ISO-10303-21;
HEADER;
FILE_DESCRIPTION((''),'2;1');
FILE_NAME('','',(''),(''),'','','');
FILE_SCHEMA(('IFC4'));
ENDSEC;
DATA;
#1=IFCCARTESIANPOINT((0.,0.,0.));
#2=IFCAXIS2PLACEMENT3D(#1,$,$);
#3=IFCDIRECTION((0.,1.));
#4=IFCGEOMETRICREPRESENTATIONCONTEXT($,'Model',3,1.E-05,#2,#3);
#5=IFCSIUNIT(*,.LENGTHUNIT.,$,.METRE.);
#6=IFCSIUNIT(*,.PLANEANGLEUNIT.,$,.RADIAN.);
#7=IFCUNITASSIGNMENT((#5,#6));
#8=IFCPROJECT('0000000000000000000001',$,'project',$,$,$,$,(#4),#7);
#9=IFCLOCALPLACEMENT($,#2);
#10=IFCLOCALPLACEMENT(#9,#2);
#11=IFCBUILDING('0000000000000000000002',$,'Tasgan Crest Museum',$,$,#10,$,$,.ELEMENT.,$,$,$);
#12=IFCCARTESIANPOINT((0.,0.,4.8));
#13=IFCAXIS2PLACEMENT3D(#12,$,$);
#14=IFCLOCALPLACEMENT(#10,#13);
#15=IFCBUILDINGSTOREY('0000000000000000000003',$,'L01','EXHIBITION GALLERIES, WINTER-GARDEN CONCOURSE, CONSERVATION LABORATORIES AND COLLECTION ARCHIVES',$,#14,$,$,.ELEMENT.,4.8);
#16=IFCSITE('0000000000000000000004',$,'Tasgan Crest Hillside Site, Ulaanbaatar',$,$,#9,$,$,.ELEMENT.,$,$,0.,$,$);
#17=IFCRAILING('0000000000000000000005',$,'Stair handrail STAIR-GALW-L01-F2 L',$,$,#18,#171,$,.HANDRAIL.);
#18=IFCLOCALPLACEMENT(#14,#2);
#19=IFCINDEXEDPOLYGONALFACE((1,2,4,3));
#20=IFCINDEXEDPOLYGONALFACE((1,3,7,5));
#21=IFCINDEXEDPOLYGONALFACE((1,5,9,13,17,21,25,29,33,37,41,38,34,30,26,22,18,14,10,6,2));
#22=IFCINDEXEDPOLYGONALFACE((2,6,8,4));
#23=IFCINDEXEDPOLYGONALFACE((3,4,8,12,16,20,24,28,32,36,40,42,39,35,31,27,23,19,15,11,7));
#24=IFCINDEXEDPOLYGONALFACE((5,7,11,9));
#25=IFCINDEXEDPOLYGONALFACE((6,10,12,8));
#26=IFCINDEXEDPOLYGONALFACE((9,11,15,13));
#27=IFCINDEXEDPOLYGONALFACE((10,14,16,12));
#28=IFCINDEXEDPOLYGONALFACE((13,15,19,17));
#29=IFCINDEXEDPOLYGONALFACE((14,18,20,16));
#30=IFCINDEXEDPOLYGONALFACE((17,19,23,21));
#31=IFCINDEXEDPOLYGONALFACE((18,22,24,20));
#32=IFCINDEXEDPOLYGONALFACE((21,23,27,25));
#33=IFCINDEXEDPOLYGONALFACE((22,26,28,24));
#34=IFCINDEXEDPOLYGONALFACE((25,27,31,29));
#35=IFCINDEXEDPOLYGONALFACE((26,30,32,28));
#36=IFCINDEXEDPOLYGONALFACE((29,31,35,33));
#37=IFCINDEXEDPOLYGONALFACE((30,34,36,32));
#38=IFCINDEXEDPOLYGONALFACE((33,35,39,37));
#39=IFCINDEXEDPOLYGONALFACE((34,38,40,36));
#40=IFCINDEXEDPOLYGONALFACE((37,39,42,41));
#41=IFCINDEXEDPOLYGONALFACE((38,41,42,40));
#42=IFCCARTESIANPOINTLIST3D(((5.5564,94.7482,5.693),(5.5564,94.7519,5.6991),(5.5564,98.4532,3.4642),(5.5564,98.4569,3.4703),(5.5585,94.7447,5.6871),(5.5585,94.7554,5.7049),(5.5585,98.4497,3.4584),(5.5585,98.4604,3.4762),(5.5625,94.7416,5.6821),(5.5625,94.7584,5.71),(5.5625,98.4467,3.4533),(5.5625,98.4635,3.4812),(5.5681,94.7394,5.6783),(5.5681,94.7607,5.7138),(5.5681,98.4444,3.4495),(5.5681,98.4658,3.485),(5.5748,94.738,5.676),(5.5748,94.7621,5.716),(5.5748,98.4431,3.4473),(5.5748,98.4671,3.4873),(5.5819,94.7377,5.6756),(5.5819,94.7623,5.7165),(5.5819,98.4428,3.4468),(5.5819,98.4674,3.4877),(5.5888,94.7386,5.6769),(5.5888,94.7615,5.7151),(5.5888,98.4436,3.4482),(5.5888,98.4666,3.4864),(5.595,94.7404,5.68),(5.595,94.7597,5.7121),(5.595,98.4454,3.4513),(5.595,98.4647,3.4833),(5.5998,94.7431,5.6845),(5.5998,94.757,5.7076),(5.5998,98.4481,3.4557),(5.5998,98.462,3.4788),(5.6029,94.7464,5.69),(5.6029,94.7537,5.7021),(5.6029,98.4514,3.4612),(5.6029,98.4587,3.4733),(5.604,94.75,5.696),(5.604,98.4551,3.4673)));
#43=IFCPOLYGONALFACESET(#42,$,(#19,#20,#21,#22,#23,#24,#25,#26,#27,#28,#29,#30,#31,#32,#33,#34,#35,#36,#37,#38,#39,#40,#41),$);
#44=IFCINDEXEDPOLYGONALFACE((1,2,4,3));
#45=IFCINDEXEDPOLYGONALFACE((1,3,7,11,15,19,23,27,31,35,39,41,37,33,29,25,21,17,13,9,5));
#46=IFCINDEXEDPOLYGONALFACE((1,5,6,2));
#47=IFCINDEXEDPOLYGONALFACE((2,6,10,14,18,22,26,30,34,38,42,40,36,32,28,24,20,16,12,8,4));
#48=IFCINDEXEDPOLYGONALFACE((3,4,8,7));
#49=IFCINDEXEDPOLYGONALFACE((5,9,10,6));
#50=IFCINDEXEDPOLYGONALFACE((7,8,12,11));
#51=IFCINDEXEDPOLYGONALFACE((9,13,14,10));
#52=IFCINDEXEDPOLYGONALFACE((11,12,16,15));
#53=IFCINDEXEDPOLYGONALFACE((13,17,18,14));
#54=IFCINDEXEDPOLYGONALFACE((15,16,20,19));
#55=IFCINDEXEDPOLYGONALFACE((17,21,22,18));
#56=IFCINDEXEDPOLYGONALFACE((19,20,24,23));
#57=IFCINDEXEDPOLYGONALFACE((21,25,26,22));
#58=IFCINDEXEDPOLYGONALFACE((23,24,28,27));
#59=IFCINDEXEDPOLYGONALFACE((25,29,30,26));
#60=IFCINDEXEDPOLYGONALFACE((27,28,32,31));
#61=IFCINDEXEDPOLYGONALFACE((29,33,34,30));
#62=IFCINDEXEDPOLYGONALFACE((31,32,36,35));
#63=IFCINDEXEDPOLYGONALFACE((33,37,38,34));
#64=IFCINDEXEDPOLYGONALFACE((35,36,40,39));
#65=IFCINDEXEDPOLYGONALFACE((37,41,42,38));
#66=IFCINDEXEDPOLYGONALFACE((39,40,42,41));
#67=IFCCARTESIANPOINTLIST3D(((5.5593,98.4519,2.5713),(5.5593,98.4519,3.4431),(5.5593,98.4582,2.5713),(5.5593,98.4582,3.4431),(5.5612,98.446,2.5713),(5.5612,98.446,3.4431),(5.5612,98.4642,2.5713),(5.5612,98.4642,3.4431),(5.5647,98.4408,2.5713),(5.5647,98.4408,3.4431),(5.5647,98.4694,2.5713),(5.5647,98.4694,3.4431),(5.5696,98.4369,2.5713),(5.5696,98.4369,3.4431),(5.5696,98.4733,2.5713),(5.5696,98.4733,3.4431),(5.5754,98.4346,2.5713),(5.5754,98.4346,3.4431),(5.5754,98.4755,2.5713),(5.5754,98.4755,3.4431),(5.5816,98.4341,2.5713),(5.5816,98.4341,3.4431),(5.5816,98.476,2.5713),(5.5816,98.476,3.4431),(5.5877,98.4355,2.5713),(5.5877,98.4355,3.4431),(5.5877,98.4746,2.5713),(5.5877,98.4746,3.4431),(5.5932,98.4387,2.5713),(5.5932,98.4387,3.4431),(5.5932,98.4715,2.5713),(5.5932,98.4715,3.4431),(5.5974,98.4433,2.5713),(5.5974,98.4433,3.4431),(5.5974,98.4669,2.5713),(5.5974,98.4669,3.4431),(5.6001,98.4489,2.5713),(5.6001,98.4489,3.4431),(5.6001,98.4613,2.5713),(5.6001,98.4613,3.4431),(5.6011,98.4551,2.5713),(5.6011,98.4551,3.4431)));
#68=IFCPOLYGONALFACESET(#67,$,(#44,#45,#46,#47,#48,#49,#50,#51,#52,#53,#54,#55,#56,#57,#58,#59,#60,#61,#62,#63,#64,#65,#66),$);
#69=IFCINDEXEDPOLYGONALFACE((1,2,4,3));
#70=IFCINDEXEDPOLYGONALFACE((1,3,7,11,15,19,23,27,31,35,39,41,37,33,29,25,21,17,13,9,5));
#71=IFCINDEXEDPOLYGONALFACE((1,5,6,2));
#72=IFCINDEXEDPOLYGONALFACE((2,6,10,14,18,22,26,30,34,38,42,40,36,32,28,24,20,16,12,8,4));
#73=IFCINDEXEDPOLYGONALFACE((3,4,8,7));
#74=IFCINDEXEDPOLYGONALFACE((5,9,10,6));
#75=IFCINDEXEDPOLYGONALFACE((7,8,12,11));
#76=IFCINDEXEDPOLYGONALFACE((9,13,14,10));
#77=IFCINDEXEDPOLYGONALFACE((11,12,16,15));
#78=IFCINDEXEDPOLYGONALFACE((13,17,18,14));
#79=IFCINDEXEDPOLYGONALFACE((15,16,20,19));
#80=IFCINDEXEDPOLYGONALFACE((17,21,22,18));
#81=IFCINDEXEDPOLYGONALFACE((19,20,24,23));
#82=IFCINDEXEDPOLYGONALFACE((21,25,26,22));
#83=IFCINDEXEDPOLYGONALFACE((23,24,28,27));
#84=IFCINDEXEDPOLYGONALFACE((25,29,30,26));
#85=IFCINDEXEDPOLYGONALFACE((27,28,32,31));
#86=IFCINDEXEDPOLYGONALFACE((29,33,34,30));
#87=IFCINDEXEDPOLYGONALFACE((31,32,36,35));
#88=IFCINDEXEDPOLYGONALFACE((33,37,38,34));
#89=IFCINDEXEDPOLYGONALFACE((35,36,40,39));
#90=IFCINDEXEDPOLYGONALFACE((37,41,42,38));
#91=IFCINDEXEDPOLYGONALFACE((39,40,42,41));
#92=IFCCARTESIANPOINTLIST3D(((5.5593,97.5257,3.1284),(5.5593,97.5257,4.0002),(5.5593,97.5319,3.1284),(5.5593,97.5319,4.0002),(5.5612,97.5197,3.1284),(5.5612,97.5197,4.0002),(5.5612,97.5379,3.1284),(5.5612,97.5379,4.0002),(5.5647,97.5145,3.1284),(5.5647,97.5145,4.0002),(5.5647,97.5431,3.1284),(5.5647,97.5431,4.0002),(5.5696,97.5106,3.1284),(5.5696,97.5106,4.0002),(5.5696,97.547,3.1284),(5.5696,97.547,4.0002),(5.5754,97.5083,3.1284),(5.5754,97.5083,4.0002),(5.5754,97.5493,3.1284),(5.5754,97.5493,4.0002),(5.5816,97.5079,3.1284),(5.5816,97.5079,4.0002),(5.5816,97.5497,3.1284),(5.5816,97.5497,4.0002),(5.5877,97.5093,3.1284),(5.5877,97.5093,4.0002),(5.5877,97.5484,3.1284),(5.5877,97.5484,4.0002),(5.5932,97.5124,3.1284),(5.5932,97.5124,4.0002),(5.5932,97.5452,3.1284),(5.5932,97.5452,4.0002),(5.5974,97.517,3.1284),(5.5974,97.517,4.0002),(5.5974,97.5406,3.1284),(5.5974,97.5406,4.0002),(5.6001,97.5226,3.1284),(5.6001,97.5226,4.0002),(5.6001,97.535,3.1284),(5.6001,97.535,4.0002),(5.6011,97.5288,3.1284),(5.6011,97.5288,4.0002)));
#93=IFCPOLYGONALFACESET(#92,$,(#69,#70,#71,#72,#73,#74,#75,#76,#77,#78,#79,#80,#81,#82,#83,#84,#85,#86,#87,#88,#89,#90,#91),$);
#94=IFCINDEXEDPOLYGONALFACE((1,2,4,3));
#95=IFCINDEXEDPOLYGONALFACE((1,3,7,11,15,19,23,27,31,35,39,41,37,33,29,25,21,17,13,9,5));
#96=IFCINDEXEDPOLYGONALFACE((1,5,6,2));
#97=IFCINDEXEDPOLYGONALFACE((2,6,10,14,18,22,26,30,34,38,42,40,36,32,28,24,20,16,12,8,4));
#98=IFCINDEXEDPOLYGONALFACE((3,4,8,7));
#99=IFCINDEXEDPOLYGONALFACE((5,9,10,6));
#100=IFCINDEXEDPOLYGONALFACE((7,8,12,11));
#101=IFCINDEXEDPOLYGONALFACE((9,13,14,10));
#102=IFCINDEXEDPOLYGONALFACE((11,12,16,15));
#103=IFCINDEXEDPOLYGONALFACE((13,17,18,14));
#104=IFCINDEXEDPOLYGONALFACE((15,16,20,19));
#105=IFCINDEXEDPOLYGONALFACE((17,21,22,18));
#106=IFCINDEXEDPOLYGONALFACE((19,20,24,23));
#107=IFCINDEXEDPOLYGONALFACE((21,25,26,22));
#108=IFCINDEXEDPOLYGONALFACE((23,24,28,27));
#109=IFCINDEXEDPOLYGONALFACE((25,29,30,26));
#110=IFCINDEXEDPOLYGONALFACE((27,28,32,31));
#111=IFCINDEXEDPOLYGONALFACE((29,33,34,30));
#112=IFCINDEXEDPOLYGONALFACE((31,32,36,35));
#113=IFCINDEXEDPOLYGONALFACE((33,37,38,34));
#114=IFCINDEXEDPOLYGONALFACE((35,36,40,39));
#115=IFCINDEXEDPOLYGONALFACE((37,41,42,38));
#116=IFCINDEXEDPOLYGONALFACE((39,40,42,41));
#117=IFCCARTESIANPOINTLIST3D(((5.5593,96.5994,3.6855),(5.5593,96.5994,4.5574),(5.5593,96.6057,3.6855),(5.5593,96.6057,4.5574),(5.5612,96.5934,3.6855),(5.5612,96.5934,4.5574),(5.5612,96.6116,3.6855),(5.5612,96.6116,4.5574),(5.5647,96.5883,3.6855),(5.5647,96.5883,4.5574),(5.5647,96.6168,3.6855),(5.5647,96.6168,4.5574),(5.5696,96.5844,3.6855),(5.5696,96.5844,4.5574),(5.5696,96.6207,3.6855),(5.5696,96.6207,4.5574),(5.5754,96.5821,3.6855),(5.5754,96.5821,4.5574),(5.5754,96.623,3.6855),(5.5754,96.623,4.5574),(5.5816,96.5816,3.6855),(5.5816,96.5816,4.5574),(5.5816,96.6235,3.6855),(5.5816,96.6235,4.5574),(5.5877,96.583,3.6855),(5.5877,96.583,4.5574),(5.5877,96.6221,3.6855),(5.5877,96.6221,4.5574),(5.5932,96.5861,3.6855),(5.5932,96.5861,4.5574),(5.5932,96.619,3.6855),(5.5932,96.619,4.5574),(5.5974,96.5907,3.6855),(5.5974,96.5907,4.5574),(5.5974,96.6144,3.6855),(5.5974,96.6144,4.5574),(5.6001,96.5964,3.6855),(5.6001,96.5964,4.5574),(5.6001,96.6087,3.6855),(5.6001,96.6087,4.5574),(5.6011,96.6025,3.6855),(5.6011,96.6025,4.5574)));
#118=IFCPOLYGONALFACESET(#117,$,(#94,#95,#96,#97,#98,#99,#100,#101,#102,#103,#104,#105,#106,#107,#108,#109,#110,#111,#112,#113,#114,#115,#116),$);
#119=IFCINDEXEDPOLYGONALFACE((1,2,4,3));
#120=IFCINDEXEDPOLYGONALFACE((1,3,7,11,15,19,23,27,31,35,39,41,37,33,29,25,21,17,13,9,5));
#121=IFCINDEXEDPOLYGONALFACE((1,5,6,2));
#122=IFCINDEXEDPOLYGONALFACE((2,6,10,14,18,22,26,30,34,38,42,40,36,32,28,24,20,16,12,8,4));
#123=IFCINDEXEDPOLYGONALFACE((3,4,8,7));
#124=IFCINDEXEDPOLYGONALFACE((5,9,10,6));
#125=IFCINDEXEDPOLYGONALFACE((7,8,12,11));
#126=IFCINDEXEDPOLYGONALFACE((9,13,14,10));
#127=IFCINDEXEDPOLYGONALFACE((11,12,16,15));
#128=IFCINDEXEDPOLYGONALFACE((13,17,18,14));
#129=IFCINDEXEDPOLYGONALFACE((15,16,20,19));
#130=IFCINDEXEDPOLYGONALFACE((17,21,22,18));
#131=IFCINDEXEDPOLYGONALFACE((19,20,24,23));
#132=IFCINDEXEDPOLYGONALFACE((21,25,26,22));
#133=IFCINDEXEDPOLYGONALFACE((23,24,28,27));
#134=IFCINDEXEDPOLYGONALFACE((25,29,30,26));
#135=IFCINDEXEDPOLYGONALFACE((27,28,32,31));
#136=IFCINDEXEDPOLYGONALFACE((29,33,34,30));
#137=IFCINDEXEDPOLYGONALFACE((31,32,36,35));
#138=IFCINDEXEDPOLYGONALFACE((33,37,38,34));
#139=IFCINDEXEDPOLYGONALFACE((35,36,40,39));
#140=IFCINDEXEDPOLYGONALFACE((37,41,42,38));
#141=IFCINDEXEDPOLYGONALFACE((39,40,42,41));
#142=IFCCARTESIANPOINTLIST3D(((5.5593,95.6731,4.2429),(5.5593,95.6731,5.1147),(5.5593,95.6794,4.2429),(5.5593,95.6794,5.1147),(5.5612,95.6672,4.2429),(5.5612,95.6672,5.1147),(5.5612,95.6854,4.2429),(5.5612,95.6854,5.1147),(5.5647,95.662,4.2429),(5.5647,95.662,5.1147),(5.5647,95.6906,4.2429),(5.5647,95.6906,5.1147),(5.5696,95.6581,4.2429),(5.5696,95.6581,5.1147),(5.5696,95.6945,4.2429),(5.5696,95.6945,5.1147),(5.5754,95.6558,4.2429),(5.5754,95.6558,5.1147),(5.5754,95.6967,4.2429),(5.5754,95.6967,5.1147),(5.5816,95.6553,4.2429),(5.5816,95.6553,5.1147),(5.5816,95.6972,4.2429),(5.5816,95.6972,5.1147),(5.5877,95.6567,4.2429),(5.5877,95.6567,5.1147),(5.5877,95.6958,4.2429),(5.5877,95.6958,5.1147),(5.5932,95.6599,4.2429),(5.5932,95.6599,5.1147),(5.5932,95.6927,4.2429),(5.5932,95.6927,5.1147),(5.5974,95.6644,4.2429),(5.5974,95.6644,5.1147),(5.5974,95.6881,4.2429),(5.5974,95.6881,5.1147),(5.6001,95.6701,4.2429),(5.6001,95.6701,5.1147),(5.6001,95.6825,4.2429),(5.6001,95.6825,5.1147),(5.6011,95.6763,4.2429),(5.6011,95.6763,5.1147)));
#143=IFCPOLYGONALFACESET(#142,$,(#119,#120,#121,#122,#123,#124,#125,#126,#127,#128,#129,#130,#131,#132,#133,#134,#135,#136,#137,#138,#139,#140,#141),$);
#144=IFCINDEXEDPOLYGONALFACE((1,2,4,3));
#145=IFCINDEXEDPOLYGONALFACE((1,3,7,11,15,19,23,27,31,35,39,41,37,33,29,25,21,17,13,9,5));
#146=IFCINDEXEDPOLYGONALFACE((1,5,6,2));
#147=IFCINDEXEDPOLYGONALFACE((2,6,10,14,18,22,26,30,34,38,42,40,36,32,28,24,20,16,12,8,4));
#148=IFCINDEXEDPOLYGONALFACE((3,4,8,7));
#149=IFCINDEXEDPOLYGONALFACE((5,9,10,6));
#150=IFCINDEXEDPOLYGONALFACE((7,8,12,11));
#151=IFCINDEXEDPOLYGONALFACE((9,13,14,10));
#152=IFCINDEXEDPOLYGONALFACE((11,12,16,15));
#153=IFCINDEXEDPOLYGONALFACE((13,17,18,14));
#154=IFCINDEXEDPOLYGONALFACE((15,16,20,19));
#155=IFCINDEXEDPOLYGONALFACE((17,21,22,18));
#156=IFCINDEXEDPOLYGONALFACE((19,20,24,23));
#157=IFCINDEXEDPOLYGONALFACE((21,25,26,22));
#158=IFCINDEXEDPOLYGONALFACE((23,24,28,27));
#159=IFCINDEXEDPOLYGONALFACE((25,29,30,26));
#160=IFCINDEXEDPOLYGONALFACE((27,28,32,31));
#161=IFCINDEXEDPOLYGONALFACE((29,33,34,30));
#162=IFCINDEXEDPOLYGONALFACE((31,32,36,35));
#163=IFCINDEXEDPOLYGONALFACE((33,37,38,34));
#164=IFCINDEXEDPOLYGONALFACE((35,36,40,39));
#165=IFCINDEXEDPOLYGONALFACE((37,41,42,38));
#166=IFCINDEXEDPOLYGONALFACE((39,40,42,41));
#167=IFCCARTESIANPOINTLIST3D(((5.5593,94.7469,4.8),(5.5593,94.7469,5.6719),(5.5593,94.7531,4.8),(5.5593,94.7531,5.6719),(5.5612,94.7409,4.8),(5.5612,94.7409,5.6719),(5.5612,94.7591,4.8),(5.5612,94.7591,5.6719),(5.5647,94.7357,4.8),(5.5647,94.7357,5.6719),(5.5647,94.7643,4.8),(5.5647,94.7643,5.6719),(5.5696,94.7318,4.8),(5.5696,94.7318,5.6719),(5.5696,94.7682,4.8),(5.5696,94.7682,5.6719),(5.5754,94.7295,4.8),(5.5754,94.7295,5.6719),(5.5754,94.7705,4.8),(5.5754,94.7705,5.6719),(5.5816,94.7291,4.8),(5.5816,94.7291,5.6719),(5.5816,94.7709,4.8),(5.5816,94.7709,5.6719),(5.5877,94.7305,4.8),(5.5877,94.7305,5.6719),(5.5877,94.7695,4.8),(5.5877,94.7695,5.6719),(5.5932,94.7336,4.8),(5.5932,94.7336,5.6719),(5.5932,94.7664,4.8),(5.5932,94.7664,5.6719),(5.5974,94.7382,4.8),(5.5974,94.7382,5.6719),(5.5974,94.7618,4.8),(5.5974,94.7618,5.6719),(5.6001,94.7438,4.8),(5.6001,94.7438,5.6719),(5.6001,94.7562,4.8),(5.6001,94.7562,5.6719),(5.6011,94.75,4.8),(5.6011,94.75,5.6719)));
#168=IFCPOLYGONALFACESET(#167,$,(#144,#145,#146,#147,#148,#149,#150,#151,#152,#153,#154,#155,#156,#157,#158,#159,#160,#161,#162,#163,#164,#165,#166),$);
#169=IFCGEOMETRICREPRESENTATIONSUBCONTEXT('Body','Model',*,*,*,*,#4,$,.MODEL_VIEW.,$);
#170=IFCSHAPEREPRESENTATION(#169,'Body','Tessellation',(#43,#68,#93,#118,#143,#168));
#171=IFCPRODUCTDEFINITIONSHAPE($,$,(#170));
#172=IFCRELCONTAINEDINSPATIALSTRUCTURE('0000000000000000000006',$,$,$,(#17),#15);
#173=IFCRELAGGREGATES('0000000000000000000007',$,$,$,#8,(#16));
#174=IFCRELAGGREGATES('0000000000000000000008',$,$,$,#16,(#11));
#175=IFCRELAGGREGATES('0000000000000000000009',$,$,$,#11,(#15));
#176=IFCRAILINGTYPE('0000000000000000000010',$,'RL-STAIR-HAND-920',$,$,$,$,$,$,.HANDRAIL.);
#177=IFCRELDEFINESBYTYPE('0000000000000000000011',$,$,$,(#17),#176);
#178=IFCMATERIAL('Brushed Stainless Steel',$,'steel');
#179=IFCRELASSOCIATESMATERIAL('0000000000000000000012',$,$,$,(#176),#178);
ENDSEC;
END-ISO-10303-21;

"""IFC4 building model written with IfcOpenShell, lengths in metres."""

from ifc_helpers import new_model, si_unit, direction, frame, origin, origin_2d, place, context, subcontext, project, spatial, circle, extrude, material, type_object, element, save


model = new_model("IFC4")

# Units and contexts
model_context = context("Model", 3, precision=1e-05, world=origin(), true_north=direction((0.0, 1.0)))
body_context = subcontext(model_context, "Body", "Model", "MODEL_VIEW")
ifc_project = project(units=[si_unit("LENGTHUNIT", "METRE"), si_unit("PLANEANGLEUNIT", "RADIAN")], contexts=[model_context])

# Site, building, storey
site_placement = place(None, origin())
site = spatial("IfcSite", under=ifc_project, at=site_placement, Name="Tasgan Crest Hillside Site, Ulaanbaatar", CompositionType="ELEMENT", RefElevation=0.0)
building_placement = place(site_placement, origin())
building = spatial("IfcBuilding", under=site, at=building_placement, Name="Tasgan Crest Museum", CompositionType="ELEMENT")
storey_placement = place(building_placement, frame((0.0, 0.0, 4.8)))
storey = spatial("IfcBuildingStorey", under=building, at=storey_placement, Name="L01", Description="EXHIBITION GALLERIES, WINTER-GARDEN CONCOURSE, CONSERVATION LABORATORIES AND COLLECTION ARCHIVES", CompositionType="ELEMENT", Elevation=4.8)

# Railing
ifc_material_1 = material(Name="Brushed Stainless Steel", Category="steel")
railing_type_1 = type_object("IfcRailingType", Name="RL-STAIR-HAND-920", PredefinedType="HANDRAIL", material=ifc_material_1)
for number, where, name in (
    (1, (5.5801, 98.4551, 2.5713), "Stair handrail STAIR-GALW-L01-F2 L"),
):
    element("IfcRailing", number, at=place(storey_placement, frame(where)), inside=storey, type_object=railing_type_1, Name=name, PredefinedType="HANDRAIL", context=body_context, shape_type="SweptSolid", body=[
        extrude(circle(Radius=0.0239, at=origin_2d()), frame((0.0, 0.0, 0.896), z_axis=(0.0, -0.856909, 0.515467), x_axis=(1.0, 0.0, 0.0)), (0.0, 0.0, 1.0), 4.3237),
        extrude(circle(Radius=0.021, at=origin_2d()), origin(), (0.0, 0.0, 1.0), 0.8718),
        extrude(circle(Radius=0.021, at=origin_2d()), frame((0.0, -0.9263, 0.5571)), (0.0, 0.0, 1.0), 0.8718),
        extrude(circle(Radius=0.021, at=origin_2d()), frame((0.0, -1.8525, 1.1143)), (0.0, 0.0, 1.0), 0.8718),
        extrude(circle(Radius=0.021, at=origin_2d()), frame((0.0, -2.7788, 1.6716)), (0.0, 0.0, 1.0), 0.8718),
        extrude(circle(Radius=0.021, at=origin_2d()), frame((0.0, -3.7051, 2.2288)), (0.0, 0.0, 1.0), 0.8718),
    ])

save(model, "model.ifc")
